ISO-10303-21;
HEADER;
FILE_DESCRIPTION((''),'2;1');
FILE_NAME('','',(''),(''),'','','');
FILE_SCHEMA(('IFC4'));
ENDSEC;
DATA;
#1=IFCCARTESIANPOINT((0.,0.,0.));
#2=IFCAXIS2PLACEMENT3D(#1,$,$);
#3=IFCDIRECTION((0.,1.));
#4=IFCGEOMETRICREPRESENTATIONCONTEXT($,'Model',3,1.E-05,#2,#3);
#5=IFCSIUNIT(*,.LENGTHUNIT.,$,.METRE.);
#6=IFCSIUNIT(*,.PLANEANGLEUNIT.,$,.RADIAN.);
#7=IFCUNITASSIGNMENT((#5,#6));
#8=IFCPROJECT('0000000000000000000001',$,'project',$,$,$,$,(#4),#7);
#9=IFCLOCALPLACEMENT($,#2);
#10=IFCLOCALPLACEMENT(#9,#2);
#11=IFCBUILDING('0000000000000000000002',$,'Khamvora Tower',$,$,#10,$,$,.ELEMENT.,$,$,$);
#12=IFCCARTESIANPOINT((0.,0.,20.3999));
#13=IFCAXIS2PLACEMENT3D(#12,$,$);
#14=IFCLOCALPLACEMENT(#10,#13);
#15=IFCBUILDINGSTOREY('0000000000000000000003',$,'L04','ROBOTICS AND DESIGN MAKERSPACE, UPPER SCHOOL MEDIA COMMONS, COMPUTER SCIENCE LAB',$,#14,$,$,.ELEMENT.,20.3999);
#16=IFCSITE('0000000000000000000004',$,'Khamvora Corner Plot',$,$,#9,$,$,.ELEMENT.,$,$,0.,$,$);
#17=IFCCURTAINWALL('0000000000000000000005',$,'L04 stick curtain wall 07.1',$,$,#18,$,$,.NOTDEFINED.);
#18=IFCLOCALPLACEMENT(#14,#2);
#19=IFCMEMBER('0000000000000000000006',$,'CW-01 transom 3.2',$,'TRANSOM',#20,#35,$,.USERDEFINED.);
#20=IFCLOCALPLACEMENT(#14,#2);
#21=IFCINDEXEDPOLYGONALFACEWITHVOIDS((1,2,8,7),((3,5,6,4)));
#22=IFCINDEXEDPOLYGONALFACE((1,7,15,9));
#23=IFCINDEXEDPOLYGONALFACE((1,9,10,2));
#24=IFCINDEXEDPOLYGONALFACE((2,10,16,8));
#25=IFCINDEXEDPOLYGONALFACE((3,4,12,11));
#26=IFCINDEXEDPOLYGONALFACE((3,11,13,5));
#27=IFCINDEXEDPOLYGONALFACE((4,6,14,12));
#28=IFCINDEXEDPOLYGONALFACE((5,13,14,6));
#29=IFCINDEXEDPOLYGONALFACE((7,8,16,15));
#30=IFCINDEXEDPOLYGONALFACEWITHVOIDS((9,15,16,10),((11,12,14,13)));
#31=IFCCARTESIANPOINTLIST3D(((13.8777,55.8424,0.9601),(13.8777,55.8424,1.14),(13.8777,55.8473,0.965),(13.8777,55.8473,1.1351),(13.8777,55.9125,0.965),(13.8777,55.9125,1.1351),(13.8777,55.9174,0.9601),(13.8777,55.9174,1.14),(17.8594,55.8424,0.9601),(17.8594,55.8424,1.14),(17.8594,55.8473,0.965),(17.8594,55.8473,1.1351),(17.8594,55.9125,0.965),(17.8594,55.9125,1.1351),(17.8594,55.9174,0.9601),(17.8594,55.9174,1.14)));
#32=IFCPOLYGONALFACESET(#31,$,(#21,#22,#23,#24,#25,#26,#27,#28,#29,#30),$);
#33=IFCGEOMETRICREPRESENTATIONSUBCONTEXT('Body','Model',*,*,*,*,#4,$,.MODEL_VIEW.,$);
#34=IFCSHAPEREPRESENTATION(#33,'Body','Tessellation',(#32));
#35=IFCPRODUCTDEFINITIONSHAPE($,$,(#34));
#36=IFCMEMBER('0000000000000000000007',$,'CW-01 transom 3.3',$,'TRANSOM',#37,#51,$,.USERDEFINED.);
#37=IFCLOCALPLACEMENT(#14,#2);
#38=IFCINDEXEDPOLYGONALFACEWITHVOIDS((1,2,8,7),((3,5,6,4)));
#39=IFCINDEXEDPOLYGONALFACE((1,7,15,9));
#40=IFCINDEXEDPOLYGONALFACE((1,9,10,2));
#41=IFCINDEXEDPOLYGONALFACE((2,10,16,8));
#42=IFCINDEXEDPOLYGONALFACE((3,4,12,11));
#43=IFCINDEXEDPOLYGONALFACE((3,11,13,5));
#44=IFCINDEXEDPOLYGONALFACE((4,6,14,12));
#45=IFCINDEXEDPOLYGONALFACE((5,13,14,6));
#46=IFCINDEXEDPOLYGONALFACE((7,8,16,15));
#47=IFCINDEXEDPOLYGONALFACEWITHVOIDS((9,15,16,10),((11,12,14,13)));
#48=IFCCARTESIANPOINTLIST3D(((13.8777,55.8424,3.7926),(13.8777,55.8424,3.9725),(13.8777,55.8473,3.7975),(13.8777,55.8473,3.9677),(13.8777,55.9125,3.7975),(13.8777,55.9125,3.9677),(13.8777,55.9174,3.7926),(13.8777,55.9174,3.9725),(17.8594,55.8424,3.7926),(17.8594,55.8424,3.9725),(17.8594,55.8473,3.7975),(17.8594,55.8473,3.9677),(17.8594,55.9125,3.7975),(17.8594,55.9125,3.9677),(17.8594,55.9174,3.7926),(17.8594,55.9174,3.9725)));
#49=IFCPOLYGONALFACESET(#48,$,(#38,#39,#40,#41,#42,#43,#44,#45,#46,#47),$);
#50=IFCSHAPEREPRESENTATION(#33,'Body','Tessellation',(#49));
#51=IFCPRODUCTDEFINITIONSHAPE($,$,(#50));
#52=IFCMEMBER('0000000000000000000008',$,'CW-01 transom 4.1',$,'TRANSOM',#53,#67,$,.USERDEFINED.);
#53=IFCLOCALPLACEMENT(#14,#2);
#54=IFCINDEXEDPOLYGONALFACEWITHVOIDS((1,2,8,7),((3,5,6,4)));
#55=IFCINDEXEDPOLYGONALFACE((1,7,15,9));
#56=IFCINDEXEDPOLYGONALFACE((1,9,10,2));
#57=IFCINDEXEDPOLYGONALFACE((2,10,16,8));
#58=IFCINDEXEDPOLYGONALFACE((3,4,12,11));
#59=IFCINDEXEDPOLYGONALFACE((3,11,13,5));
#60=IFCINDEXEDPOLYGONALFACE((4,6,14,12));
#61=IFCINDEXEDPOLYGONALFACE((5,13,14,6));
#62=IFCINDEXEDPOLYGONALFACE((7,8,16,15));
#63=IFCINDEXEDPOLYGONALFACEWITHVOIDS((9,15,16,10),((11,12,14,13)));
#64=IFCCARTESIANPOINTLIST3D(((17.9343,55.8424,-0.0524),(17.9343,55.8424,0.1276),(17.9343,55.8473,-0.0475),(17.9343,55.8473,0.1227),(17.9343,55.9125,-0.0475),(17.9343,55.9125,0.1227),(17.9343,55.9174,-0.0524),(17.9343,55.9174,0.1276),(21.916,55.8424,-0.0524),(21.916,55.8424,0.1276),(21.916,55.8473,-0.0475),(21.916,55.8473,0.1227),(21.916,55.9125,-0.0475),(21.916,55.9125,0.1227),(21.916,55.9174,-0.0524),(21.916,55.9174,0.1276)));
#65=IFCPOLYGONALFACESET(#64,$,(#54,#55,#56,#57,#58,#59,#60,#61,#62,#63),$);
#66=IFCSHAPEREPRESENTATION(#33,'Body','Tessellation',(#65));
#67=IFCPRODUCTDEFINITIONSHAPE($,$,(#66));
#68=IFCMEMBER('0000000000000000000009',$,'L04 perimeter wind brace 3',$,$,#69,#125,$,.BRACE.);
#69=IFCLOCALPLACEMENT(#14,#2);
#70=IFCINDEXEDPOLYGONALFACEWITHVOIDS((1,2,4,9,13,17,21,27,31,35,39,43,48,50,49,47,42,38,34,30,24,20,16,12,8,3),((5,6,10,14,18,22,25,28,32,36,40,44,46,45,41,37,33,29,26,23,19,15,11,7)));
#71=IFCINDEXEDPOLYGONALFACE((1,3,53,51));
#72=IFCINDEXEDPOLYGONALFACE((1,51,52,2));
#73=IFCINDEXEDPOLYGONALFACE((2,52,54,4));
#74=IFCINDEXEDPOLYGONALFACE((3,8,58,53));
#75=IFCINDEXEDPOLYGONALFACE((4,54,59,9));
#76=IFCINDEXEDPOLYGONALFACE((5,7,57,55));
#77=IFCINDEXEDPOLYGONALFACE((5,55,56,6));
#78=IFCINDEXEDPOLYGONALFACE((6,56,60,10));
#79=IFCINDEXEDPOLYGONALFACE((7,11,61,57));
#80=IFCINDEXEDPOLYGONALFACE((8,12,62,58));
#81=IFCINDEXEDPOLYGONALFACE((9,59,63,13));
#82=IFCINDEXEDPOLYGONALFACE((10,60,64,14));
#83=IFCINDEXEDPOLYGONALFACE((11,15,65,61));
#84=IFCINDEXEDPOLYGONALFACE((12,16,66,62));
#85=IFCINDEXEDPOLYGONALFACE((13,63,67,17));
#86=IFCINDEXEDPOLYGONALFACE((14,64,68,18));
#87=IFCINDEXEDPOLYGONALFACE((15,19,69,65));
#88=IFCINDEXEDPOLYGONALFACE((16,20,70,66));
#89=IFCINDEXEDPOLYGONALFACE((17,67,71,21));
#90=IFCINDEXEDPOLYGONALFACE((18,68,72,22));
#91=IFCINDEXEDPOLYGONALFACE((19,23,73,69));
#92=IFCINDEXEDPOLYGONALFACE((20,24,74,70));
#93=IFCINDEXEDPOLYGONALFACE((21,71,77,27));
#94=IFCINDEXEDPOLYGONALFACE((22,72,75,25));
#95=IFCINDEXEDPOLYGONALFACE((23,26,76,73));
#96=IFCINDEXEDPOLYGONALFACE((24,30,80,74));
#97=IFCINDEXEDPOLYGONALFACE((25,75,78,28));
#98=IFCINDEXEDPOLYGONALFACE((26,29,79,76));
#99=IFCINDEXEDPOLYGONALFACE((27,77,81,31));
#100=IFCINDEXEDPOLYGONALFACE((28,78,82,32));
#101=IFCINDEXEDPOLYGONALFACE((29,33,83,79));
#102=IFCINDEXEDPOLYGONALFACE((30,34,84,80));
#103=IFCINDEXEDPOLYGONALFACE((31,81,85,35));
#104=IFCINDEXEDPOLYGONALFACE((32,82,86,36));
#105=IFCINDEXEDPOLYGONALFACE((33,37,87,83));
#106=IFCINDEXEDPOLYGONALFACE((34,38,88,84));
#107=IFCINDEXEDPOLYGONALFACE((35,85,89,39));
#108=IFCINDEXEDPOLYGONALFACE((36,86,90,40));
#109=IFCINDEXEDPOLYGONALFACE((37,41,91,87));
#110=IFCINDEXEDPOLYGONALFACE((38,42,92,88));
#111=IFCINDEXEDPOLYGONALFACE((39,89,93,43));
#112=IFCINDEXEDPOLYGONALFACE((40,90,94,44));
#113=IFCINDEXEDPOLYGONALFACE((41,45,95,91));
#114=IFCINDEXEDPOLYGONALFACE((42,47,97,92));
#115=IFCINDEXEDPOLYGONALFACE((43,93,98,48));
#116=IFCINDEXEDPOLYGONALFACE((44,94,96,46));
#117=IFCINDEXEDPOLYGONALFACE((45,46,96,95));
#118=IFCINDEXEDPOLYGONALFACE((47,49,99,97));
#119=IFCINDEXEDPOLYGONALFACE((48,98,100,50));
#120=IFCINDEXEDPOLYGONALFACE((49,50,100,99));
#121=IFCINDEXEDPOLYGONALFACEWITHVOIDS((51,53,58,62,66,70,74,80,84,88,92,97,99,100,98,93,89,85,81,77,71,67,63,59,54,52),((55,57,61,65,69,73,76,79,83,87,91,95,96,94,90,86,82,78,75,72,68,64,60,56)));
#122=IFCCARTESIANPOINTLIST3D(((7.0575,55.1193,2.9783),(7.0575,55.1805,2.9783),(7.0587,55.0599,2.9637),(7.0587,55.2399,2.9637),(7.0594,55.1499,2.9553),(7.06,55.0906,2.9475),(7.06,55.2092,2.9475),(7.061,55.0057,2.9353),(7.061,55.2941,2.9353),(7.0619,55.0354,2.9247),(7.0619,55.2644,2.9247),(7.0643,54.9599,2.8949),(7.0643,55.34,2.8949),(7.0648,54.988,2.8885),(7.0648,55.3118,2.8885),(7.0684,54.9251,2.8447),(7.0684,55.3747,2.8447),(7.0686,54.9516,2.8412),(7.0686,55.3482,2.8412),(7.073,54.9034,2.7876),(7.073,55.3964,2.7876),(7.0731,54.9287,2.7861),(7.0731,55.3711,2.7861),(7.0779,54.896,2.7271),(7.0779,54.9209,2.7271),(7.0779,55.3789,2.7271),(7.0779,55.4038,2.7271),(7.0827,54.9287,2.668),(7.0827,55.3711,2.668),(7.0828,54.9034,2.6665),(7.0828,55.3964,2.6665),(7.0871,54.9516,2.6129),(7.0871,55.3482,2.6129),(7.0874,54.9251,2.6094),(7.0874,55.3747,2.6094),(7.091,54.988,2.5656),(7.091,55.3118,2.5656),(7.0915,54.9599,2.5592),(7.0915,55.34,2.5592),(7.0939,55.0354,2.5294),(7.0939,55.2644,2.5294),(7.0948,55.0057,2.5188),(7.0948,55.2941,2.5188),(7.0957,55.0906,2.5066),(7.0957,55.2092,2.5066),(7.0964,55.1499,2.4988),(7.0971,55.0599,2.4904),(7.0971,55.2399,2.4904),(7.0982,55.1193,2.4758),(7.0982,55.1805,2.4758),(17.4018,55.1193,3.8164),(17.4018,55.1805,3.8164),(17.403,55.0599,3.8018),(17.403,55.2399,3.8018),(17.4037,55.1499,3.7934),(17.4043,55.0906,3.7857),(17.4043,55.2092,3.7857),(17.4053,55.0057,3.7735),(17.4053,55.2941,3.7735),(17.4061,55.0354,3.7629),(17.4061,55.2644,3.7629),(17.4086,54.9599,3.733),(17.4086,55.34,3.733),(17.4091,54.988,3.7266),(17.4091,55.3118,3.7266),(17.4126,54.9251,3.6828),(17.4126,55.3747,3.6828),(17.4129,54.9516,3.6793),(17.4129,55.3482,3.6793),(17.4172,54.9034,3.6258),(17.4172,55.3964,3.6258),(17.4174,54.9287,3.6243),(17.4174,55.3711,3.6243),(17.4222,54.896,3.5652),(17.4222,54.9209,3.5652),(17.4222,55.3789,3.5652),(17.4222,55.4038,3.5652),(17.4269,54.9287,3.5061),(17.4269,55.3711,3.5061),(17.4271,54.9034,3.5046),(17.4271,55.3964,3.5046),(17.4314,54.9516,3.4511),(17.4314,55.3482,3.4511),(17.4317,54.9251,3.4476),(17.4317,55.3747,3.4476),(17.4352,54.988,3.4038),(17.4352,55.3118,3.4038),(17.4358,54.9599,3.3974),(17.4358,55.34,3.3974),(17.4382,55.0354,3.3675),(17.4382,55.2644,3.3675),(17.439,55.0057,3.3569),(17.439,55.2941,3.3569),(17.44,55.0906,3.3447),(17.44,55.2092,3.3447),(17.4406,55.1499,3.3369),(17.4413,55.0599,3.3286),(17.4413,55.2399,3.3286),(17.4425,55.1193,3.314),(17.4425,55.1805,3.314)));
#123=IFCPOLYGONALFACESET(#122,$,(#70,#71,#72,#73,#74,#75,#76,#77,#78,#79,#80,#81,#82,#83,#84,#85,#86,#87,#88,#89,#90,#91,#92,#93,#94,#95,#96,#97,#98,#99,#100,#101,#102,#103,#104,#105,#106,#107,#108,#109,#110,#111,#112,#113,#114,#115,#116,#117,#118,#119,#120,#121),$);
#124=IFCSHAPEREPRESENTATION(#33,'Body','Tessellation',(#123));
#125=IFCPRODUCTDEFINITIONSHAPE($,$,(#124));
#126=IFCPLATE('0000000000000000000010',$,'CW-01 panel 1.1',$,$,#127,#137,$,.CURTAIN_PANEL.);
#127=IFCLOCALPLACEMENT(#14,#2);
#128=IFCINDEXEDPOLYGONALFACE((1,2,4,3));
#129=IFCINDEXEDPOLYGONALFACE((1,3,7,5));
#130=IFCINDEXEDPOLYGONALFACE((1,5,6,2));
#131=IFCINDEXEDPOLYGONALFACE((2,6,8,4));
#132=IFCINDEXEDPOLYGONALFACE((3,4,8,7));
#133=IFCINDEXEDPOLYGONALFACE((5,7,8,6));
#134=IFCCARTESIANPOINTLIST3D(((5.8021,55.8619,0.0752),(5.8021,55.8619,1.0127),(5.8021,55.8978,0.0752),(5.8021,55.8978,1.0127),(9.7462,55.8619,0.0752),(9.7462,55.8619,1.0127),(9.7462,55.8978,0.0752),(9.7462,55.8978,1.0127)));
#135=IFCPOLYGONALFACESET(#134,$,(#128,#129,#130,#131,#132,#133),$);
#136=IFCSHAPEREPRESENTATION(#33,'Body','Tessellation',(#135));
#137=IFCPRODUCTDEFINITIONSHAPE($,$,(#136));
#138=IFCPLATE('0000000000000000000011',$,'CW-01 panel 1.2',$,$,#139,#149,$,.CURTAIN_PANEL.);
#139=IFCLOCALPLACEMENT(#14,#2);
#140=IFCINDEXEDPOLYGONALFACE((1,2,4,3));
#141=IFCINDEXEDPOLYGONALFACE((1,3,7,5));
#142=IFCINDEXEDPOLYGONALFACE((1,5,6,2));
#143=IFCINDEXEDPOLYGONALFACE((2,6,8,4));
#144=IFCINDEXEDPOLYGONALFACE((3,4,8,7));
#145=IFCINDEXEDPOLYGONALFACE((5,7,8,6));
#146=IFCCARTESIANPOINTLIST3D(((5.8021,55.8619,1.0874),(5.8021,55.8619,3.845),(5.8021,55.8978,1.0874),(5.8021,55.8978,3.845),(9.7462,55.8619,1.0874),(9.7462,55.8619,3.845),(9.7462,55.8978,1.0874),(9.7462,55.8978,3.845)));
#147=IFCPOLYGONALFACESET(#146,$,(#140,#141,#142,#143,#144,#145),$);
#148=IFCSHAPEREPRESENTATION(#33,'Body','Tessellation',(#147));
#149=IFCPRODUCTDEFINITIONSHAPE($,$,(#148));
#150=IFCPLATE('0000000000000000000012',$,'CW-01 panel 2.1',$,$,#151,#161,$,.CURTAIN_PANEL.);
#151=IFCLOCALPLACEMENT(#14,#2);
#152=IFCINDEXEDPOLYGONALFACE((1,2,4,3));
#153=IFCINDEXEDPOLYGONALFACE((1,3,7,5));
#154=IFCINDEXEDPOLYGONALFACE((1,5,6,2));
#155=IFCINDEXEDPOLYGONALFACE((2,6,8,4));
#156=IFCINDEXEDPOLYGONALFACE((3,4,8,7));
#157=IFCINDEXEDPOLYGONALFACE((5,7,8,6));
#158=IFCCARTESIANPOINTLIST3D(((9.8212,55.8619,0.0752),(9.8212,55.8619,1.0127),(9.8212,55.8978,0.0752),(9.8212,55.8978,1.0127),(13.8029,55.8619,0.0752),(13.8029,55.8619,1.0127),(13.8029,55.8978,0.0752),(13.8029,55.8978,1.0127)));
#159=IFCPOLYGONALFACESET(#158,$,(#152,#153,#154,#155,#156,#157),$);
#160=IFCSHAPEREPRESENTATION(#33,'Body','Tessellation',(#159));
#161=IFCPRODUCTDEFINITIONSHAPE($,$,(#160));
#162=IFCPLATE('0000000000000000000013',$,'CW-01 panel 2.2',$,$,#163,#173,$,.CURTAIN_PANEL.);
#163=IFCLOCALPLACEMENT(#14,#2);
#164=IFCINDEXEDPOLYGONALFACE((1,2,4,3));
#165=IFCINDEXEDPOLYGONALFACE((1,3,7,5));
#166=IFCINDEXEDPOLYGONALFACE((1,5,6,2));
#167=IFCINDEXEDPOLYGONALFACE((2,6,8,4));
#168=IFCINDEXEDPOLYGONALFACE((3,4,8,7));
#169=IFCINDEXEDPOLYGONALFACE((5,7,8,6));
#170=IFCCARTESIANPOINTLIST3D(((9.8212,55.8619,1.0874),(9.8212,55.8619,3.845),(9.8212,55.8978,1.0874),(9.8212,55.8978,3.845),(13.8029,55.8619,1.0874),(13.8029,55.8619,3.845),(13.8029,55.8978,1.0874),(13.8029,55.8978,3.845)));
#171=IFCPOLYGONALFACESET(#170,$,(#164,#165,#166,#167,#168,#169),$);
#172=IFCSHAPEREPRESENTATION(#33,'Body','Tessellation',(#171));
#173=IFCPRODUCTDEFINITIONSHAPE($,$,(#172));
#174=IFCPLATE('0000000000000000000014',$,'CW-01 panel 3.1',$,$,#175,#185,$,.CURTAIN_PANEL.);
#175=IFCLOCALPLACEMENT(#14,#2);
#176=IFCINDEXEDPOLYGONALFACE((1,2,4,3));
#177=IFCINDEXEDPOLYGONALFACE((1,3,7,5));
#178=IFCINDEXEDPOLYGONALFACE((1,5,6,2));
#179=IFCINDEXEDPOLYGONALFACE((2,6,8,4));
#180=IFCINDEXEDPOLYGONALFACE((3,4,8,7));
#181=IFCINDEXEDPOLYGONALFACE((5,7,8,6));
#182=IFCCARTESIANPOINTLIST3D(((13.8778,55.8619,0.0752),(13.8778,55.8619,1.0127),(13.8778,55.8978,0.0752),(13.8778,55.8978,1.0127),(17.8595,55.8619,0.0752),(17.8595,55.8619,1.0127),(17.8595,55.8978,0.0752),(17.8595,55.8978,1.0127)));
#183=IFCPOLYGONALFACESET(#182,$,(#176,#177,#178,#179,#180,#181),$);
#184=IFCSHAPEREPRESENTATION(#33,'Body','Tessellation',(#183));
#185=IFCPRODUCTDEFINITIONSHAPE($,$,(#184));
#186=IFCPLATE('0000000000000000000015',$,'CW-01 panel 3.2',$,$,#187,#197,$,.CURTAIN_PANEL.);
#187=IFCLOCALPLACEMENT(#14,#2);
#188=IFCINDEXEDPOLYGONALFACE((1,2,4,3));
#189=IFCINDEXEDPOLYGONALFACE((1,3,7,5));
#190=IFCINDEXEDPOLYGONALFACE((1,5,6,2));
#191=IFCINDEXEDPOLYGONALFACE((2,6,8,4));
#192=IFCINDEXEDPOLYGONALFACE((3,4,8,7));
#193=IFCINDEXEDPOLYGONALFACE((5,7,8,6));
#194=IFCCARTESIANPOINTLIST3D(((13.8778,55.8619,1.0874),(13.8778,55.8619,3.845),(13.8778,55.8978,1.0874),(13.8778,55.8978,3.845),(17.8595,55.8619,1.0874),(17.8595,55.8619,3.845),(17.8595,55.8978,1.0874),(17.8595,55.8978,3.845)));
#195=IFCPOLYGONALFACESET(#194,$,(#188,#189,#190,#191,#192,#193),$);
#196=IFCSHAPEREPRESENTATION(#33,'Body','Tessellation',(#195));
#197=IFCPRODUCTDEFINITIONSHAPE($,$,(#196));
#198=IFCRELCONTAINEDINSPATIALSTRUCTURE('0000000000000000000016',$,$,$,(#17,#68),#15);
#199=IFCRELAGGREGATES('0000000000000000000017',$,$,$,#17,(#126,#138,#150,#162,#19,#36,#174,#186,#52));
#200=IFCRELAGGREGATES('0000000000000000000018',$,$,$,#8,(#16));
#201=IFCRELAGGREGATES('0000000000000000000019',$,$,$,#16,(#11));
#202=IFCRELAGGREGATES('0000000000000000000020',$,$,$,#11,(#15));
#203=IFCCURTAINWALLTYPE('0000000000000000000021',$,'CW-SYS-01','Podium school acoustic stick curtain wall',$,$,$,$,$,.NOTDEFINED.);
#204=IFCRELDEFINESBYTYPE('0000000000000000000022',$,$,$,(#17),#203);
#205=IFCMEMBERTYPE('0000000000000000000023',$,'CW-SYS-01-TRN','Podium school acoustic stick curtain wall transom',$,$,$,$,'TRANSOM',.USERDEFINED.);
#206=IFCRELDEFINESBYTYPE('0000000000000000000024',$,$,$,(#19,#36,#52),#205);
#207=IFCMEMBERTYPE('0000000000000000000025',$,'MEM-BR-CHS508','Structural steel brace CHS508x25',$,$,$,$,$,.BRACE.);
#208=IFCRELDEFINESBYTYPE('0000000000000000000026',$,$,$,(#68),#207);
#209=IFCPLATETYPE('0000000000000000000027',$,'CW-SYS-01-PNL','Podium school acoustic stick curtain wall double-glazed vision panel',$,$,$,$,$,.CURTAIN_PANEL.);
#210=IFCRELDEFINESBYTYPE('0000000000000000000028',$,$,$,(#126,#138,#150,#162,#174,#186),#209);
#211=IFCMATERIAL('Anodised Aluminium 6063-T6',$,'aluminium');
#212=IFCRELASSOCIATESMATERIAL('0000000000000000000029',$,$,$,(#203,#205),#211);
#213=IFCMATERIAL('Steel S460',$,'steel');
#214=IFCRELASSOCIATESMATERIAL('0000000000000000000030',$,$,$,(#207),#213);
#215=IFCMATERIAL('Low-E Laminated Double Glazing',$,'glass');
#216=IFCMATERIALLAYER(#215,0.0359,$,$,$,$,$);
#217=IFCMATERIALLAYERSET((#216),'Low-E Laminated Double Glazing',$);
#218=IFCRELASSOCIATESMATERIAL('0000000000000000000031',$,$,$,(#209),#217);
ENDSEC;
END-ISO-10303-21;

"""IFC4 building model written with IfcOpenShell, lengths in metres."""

from ifc_helpers import new_model, si_unit, direction, frame, origin, origin_2d, place, context, subcontext, project, spatial, rectangle, hollow_rectangle, hollow_circle, extrude, material, layer, layer_set, material_profile, profile_set, type_object, element, aggregate, save


model = new_model("IFC4")

# Units and contexts
model_context = context("Model", 3, precision=1e-05, world=origin(), true_north=direction((0.0, 1.0)))
body_context = subcontext(model_context, "Body", "Model", "MODEL_VIEW")
ifc_project = project(units=[si_unit("LENGTHUNIT", "METRE"), si_unit("PLANEANGLEUNIT", "RADIAN")], contexts=[model_context])

# Site, building, storey
site_placement = place(None, origin())
site = spatial("IfcSite", under=ifc_project, at=site_placement, Name="Khamvora Corner Plot", CompositionType="ELEMENT", RefElevation=0.0)
building_placement = place(site_placement, origin())
building = spatial("IfcBuilding", under=site, at=building_placement, Name="Khamvora Tower", CompositionType="ELEMENT")
storey_placement = place(building_placement, frame((0.0, 0.0, 20.3999)))
storey = spatial("IfcBuildingStorey", under=building, at=storey_placement, Name="L04", Description="ROBOTICS AND DESIGN MAKERSPACE, UPPER SCHOOL MEDIA COMMONS, COMPUTER SCIENCE LAB", CompositionType="ELEMENT", Elevation=20.3999)

# Curtain wall, members
ifc_material_1 = material(Name="Anodised Aluminium 6063-T6", Category="aluminium")
curtain_wall_type = type_object("IfcCurtainWallType", Name="CW-SYS-01", Description="Podium school acoustic stick curtain wall", PredefinedType="NOTDEFINED", material=ifc_material_1)
curtain_wall_placement = place(storey_placement, origin())
curtain_wall = element("IfcCurtainWall", 1, at=curtain_wall_placement, inside=storey, type_object=curtain_wall_type, Name="L04 stick curtain wall 07.1", PredefinedType="NOTDEFINED")
ifc_material_profile_1 = material_profile(ifc_material_1, hollow_rectangle(XDim=0.075, YDim=0.1799, WallThickness=0.0049, at=origin_2d()), Name="TRN75x180x5")
ifc_profile_set_1 = profile_set([ifc_material_profile_1], Name="Anodised Aluminium 6063-T6")
member_type_1 = type_object("IfcMemberType", Name="CW-SYS-01-TRN", Description="Podium school acoustic stick curtain wall transom", ElementType="TRANSOM", PredefinedType="USERDEFINED", material=ifc_profile_set_1)
member_1_placement = place(storey_placement, frame((13.8777, 55.8799, 1.05), z_axis=(1.0, 0.0, 0.0), x_axis=(0.0, 1.0, 0.0)))
member_1 = element("IfcMember", 2, at=member_1_placement, type_object=member_type_1, Name="CW-01 transom 3.2", ObjectType="TRANSOM", PredefinedType="USERDEFINED", context=body_context, shape_type="SweptSolid", body=[
    extrude(hollow_rectangle(XDim=0.075, YDim=0.1799, WallThickness=0.0049, at=origin_2d()), origin(), (0.0, 0.0, 1.0), 3.9817),
])
member_2_placement = place(storey_placement, frame((13.8777, 55.8799, 3.8826), z_axis=(1.0, 0.0, 0.0), x_axis=(0.0, 1.0, 0.0)))
member_2 = element("IfcMember", 3, at=member_2_placement, type_object=member_type_1, Name="CW-01 transom 3.3", ObjectType="TRANSOM", PredefinedType="USERDEFINED", context=body_context, shape_type="SweptSolid", body=[
    extrude(hollow_rectangle(XDim=0.075, YDim=0.1799, WallThickness=0.0049, at=origin_2d()), origin(), (0.0, 0.0, 1.0), 3.9817),
])
member_3_placement = place(storey_placement, frame((17.9343, 55.8799, 0.0376), z_axis=(1.0, 0.0, 0.0), x_axis=(0.0, 1.0, 0.0)))
member_3 = element("IfcMember", 4, at=member_3_placement, type_object=member_type_1, Name="CW-01 transom 4.1", ObjectType="TRANSOM", PredefinedType="USERDEFINED", context=body_context, shape_type="SweptSolid", body=[
    extrude(hollow_rectangle(XDim=0.075, YDim=0.1799, WallThickness=0.0049, at=origin_2d()), origin(), (0.0, 0.0, 1.0), 3.9817),
])

# Member
ifc_material_2 = material(Name="Steel S460", Category="steel")
ifc_material_profile_2 = material_profile(ifc_material_2, hollow_circle(Radius=0.2539, WallThickness=0.0249, at=origin_2d()), Name="CHS508x25")
ifc_profile_set_2 = profile_set([ifc_material_profile_2], Name="Steel S460")
member_type_2 = type_object("IfcMemberType", Name="MEM-BR-CHS508", Description="Structural steel brace CHS508x25", PredefinedType="BRACE", material=ifc_profile_set_2)
member_4_placement = place(storey_placement, frame((7.0779, 55.1499, 2.7271), z_axis=(0.996734, 0.0, 0.08076), x_axis=(0.0, 1.0, 0.0)))
element("IfcMember", 5, at=member_4_placement, inside=storey, type_object=member_type_2, Name="L04 perimeter wind brace 3", PredefinedType="BRACE", context=body_context, shape_type="SweptSolid", body=[
    extrude(hollow_circle(Radius=0.2539, WallThickness=0.0249, at=origin_2d()), origin(), (0.0, 0.0, 1.0), 10.3782),
])

# Plates
ifc_material_3 = material(Name="Low-E Laminated Double Glazing", Category="glass")
ifc_layer_1 = layer(ifc_material_3, 0.0359)
ifc_layer_set_1 = layer_set([ifc_layer_1], Name="Low-E Laminated Double Glazing")
plate_type_1 = type_object("IfcPlateType", Name="CW-SYS-01-PNL", Description="Podium school acoustic stick curtain wall double-glazed vision panel", PredefinedType="CURTAIN_PANEL", material=ifc_layer_set_1)
plate_1_placement = place(storey_placement, frame((7.7742, 55.8799, 0.0752), z_axis=(0.0, 0.0, 1.0), x_axis=(1.0, 0.0, 0.0)))
plate_1 = element("IfcPlate", 6, at=plate_1_placement, type_object=plate_type_1, Name="CW-01 panel 1.1", PredefinedType="CURTAIN_PANEL", context=body_context, shape_type="SweptSolid", body=[
    extrude(rectangle(XDim=3.9441, YDim=0.0359, at=origin_2d()), origin(), (0.0, 0.0, 1.0), 0.9375),
])
plate_2_placement = place(storey_placement, frame((7.7742, 55.8799, 1.0874), z_axis=(0.0, 0.0, 1.0), x_axis=(1.0, 0.0, 0.0)))
plate_2 = element("IfcPlate", 7, at=plate_2_placement, type_object=plate_type_1, Name="CW-01 panel 1.2", PredefinedType="CURTAIN_PANEL", context=body_context, shape_type="SweptSolid", body=[
    extrude(rectangle(XDim=3.9441, YDim=0.0359, at=origin_2d()), origin(), (0.0, 0.0, 1.0), 2.7576),
])
plate_3_placement = place(storey_placement, frame((11.812, 55.8799, 0.0752), z_axis=(0.0, 0.0, 1.0), x_axis=(1.0, 0.0, 0.0)))
plate_3 = element("IfcPlate", 8, at=plate_3_placement, type_object=plate_type_1, Name="CW-01 panel 2.1", PredefinedType="CURTAIN_PANEL", context=body_context, shape_type="SweptSolid", body=[
    extrude(rectangle(XDim=3.9817, YDim=0.0359, at=origin_2d()), origin(), (0.0, 0.0, 1.0), 0.9375),
])
plate_4_placement = place(storey_placement, frame((11.812, 55.8799, 1.0874), z_axis=(0.0, 0.0, 1.0), x_axis=(1.0, 0.0, 0.0)))
plate_4 = element("IfcPlate", 9, at=plate_4_placement, type_object=plate_type_1, Name="CW-01 panel 2.2", PredefinedType="CURTAIN_PANEL", context=body_context, shape_type="SweptSolid", body=[
    extrude(rectangle(XDim=3.9817, YDim=0.0359, at=origin_2d()), origin(), (0.0, 0.0, 1.0), 2.7576),
])
plate_5_placement = place(storey_placement, frame((15.8687, 55.8799, 0.0752), z_axis=(0.0, 0.0, 1.0), x_axis=(1.0, 0.0, 0.0)))
plate_5 = element("IfcPlate", 10, at=plate_5_placement, type_object=plate_type_1, Name="CW-01 panel 3.1", PredefinedType="CURTAIN_PANEL", context=body_context, shape_type="SweptSolid", body=[
    extrude(rectangle(XDim=3.9817, YDim=0.0359, at=origin_2d()), origin(), (0.0, 0.0, 1.0), 0.9375),
])
plate_6_placement = place(storey_placement, frame((15.8687, 55.8799, 1.0874), z_axis=(0.0, 0.0, 1.0), x_axis=(1.0, 0.0, 0.0)))
plate_6 = element("IfcPlate", 11, at=plate_6_placement, type_object=plate_type_1, Name="CW-01 panel 3.2", PredefinedType="CURTAIN_PANEL", context=body_context, shape_type="SweptSolid", body=[
    extrude(rectangle(XDim=3.9817, YDim=0.0359, at=origin_2d()), origin(), (0.0, 0.0, 1.0), 2.7576),
])
aggregate(curtain_wall, [plate_1, plate_2, plate_3, plate_4, member_1, member_2, plate_5, plate_6, member_3])

save(model, "model.ifc")
